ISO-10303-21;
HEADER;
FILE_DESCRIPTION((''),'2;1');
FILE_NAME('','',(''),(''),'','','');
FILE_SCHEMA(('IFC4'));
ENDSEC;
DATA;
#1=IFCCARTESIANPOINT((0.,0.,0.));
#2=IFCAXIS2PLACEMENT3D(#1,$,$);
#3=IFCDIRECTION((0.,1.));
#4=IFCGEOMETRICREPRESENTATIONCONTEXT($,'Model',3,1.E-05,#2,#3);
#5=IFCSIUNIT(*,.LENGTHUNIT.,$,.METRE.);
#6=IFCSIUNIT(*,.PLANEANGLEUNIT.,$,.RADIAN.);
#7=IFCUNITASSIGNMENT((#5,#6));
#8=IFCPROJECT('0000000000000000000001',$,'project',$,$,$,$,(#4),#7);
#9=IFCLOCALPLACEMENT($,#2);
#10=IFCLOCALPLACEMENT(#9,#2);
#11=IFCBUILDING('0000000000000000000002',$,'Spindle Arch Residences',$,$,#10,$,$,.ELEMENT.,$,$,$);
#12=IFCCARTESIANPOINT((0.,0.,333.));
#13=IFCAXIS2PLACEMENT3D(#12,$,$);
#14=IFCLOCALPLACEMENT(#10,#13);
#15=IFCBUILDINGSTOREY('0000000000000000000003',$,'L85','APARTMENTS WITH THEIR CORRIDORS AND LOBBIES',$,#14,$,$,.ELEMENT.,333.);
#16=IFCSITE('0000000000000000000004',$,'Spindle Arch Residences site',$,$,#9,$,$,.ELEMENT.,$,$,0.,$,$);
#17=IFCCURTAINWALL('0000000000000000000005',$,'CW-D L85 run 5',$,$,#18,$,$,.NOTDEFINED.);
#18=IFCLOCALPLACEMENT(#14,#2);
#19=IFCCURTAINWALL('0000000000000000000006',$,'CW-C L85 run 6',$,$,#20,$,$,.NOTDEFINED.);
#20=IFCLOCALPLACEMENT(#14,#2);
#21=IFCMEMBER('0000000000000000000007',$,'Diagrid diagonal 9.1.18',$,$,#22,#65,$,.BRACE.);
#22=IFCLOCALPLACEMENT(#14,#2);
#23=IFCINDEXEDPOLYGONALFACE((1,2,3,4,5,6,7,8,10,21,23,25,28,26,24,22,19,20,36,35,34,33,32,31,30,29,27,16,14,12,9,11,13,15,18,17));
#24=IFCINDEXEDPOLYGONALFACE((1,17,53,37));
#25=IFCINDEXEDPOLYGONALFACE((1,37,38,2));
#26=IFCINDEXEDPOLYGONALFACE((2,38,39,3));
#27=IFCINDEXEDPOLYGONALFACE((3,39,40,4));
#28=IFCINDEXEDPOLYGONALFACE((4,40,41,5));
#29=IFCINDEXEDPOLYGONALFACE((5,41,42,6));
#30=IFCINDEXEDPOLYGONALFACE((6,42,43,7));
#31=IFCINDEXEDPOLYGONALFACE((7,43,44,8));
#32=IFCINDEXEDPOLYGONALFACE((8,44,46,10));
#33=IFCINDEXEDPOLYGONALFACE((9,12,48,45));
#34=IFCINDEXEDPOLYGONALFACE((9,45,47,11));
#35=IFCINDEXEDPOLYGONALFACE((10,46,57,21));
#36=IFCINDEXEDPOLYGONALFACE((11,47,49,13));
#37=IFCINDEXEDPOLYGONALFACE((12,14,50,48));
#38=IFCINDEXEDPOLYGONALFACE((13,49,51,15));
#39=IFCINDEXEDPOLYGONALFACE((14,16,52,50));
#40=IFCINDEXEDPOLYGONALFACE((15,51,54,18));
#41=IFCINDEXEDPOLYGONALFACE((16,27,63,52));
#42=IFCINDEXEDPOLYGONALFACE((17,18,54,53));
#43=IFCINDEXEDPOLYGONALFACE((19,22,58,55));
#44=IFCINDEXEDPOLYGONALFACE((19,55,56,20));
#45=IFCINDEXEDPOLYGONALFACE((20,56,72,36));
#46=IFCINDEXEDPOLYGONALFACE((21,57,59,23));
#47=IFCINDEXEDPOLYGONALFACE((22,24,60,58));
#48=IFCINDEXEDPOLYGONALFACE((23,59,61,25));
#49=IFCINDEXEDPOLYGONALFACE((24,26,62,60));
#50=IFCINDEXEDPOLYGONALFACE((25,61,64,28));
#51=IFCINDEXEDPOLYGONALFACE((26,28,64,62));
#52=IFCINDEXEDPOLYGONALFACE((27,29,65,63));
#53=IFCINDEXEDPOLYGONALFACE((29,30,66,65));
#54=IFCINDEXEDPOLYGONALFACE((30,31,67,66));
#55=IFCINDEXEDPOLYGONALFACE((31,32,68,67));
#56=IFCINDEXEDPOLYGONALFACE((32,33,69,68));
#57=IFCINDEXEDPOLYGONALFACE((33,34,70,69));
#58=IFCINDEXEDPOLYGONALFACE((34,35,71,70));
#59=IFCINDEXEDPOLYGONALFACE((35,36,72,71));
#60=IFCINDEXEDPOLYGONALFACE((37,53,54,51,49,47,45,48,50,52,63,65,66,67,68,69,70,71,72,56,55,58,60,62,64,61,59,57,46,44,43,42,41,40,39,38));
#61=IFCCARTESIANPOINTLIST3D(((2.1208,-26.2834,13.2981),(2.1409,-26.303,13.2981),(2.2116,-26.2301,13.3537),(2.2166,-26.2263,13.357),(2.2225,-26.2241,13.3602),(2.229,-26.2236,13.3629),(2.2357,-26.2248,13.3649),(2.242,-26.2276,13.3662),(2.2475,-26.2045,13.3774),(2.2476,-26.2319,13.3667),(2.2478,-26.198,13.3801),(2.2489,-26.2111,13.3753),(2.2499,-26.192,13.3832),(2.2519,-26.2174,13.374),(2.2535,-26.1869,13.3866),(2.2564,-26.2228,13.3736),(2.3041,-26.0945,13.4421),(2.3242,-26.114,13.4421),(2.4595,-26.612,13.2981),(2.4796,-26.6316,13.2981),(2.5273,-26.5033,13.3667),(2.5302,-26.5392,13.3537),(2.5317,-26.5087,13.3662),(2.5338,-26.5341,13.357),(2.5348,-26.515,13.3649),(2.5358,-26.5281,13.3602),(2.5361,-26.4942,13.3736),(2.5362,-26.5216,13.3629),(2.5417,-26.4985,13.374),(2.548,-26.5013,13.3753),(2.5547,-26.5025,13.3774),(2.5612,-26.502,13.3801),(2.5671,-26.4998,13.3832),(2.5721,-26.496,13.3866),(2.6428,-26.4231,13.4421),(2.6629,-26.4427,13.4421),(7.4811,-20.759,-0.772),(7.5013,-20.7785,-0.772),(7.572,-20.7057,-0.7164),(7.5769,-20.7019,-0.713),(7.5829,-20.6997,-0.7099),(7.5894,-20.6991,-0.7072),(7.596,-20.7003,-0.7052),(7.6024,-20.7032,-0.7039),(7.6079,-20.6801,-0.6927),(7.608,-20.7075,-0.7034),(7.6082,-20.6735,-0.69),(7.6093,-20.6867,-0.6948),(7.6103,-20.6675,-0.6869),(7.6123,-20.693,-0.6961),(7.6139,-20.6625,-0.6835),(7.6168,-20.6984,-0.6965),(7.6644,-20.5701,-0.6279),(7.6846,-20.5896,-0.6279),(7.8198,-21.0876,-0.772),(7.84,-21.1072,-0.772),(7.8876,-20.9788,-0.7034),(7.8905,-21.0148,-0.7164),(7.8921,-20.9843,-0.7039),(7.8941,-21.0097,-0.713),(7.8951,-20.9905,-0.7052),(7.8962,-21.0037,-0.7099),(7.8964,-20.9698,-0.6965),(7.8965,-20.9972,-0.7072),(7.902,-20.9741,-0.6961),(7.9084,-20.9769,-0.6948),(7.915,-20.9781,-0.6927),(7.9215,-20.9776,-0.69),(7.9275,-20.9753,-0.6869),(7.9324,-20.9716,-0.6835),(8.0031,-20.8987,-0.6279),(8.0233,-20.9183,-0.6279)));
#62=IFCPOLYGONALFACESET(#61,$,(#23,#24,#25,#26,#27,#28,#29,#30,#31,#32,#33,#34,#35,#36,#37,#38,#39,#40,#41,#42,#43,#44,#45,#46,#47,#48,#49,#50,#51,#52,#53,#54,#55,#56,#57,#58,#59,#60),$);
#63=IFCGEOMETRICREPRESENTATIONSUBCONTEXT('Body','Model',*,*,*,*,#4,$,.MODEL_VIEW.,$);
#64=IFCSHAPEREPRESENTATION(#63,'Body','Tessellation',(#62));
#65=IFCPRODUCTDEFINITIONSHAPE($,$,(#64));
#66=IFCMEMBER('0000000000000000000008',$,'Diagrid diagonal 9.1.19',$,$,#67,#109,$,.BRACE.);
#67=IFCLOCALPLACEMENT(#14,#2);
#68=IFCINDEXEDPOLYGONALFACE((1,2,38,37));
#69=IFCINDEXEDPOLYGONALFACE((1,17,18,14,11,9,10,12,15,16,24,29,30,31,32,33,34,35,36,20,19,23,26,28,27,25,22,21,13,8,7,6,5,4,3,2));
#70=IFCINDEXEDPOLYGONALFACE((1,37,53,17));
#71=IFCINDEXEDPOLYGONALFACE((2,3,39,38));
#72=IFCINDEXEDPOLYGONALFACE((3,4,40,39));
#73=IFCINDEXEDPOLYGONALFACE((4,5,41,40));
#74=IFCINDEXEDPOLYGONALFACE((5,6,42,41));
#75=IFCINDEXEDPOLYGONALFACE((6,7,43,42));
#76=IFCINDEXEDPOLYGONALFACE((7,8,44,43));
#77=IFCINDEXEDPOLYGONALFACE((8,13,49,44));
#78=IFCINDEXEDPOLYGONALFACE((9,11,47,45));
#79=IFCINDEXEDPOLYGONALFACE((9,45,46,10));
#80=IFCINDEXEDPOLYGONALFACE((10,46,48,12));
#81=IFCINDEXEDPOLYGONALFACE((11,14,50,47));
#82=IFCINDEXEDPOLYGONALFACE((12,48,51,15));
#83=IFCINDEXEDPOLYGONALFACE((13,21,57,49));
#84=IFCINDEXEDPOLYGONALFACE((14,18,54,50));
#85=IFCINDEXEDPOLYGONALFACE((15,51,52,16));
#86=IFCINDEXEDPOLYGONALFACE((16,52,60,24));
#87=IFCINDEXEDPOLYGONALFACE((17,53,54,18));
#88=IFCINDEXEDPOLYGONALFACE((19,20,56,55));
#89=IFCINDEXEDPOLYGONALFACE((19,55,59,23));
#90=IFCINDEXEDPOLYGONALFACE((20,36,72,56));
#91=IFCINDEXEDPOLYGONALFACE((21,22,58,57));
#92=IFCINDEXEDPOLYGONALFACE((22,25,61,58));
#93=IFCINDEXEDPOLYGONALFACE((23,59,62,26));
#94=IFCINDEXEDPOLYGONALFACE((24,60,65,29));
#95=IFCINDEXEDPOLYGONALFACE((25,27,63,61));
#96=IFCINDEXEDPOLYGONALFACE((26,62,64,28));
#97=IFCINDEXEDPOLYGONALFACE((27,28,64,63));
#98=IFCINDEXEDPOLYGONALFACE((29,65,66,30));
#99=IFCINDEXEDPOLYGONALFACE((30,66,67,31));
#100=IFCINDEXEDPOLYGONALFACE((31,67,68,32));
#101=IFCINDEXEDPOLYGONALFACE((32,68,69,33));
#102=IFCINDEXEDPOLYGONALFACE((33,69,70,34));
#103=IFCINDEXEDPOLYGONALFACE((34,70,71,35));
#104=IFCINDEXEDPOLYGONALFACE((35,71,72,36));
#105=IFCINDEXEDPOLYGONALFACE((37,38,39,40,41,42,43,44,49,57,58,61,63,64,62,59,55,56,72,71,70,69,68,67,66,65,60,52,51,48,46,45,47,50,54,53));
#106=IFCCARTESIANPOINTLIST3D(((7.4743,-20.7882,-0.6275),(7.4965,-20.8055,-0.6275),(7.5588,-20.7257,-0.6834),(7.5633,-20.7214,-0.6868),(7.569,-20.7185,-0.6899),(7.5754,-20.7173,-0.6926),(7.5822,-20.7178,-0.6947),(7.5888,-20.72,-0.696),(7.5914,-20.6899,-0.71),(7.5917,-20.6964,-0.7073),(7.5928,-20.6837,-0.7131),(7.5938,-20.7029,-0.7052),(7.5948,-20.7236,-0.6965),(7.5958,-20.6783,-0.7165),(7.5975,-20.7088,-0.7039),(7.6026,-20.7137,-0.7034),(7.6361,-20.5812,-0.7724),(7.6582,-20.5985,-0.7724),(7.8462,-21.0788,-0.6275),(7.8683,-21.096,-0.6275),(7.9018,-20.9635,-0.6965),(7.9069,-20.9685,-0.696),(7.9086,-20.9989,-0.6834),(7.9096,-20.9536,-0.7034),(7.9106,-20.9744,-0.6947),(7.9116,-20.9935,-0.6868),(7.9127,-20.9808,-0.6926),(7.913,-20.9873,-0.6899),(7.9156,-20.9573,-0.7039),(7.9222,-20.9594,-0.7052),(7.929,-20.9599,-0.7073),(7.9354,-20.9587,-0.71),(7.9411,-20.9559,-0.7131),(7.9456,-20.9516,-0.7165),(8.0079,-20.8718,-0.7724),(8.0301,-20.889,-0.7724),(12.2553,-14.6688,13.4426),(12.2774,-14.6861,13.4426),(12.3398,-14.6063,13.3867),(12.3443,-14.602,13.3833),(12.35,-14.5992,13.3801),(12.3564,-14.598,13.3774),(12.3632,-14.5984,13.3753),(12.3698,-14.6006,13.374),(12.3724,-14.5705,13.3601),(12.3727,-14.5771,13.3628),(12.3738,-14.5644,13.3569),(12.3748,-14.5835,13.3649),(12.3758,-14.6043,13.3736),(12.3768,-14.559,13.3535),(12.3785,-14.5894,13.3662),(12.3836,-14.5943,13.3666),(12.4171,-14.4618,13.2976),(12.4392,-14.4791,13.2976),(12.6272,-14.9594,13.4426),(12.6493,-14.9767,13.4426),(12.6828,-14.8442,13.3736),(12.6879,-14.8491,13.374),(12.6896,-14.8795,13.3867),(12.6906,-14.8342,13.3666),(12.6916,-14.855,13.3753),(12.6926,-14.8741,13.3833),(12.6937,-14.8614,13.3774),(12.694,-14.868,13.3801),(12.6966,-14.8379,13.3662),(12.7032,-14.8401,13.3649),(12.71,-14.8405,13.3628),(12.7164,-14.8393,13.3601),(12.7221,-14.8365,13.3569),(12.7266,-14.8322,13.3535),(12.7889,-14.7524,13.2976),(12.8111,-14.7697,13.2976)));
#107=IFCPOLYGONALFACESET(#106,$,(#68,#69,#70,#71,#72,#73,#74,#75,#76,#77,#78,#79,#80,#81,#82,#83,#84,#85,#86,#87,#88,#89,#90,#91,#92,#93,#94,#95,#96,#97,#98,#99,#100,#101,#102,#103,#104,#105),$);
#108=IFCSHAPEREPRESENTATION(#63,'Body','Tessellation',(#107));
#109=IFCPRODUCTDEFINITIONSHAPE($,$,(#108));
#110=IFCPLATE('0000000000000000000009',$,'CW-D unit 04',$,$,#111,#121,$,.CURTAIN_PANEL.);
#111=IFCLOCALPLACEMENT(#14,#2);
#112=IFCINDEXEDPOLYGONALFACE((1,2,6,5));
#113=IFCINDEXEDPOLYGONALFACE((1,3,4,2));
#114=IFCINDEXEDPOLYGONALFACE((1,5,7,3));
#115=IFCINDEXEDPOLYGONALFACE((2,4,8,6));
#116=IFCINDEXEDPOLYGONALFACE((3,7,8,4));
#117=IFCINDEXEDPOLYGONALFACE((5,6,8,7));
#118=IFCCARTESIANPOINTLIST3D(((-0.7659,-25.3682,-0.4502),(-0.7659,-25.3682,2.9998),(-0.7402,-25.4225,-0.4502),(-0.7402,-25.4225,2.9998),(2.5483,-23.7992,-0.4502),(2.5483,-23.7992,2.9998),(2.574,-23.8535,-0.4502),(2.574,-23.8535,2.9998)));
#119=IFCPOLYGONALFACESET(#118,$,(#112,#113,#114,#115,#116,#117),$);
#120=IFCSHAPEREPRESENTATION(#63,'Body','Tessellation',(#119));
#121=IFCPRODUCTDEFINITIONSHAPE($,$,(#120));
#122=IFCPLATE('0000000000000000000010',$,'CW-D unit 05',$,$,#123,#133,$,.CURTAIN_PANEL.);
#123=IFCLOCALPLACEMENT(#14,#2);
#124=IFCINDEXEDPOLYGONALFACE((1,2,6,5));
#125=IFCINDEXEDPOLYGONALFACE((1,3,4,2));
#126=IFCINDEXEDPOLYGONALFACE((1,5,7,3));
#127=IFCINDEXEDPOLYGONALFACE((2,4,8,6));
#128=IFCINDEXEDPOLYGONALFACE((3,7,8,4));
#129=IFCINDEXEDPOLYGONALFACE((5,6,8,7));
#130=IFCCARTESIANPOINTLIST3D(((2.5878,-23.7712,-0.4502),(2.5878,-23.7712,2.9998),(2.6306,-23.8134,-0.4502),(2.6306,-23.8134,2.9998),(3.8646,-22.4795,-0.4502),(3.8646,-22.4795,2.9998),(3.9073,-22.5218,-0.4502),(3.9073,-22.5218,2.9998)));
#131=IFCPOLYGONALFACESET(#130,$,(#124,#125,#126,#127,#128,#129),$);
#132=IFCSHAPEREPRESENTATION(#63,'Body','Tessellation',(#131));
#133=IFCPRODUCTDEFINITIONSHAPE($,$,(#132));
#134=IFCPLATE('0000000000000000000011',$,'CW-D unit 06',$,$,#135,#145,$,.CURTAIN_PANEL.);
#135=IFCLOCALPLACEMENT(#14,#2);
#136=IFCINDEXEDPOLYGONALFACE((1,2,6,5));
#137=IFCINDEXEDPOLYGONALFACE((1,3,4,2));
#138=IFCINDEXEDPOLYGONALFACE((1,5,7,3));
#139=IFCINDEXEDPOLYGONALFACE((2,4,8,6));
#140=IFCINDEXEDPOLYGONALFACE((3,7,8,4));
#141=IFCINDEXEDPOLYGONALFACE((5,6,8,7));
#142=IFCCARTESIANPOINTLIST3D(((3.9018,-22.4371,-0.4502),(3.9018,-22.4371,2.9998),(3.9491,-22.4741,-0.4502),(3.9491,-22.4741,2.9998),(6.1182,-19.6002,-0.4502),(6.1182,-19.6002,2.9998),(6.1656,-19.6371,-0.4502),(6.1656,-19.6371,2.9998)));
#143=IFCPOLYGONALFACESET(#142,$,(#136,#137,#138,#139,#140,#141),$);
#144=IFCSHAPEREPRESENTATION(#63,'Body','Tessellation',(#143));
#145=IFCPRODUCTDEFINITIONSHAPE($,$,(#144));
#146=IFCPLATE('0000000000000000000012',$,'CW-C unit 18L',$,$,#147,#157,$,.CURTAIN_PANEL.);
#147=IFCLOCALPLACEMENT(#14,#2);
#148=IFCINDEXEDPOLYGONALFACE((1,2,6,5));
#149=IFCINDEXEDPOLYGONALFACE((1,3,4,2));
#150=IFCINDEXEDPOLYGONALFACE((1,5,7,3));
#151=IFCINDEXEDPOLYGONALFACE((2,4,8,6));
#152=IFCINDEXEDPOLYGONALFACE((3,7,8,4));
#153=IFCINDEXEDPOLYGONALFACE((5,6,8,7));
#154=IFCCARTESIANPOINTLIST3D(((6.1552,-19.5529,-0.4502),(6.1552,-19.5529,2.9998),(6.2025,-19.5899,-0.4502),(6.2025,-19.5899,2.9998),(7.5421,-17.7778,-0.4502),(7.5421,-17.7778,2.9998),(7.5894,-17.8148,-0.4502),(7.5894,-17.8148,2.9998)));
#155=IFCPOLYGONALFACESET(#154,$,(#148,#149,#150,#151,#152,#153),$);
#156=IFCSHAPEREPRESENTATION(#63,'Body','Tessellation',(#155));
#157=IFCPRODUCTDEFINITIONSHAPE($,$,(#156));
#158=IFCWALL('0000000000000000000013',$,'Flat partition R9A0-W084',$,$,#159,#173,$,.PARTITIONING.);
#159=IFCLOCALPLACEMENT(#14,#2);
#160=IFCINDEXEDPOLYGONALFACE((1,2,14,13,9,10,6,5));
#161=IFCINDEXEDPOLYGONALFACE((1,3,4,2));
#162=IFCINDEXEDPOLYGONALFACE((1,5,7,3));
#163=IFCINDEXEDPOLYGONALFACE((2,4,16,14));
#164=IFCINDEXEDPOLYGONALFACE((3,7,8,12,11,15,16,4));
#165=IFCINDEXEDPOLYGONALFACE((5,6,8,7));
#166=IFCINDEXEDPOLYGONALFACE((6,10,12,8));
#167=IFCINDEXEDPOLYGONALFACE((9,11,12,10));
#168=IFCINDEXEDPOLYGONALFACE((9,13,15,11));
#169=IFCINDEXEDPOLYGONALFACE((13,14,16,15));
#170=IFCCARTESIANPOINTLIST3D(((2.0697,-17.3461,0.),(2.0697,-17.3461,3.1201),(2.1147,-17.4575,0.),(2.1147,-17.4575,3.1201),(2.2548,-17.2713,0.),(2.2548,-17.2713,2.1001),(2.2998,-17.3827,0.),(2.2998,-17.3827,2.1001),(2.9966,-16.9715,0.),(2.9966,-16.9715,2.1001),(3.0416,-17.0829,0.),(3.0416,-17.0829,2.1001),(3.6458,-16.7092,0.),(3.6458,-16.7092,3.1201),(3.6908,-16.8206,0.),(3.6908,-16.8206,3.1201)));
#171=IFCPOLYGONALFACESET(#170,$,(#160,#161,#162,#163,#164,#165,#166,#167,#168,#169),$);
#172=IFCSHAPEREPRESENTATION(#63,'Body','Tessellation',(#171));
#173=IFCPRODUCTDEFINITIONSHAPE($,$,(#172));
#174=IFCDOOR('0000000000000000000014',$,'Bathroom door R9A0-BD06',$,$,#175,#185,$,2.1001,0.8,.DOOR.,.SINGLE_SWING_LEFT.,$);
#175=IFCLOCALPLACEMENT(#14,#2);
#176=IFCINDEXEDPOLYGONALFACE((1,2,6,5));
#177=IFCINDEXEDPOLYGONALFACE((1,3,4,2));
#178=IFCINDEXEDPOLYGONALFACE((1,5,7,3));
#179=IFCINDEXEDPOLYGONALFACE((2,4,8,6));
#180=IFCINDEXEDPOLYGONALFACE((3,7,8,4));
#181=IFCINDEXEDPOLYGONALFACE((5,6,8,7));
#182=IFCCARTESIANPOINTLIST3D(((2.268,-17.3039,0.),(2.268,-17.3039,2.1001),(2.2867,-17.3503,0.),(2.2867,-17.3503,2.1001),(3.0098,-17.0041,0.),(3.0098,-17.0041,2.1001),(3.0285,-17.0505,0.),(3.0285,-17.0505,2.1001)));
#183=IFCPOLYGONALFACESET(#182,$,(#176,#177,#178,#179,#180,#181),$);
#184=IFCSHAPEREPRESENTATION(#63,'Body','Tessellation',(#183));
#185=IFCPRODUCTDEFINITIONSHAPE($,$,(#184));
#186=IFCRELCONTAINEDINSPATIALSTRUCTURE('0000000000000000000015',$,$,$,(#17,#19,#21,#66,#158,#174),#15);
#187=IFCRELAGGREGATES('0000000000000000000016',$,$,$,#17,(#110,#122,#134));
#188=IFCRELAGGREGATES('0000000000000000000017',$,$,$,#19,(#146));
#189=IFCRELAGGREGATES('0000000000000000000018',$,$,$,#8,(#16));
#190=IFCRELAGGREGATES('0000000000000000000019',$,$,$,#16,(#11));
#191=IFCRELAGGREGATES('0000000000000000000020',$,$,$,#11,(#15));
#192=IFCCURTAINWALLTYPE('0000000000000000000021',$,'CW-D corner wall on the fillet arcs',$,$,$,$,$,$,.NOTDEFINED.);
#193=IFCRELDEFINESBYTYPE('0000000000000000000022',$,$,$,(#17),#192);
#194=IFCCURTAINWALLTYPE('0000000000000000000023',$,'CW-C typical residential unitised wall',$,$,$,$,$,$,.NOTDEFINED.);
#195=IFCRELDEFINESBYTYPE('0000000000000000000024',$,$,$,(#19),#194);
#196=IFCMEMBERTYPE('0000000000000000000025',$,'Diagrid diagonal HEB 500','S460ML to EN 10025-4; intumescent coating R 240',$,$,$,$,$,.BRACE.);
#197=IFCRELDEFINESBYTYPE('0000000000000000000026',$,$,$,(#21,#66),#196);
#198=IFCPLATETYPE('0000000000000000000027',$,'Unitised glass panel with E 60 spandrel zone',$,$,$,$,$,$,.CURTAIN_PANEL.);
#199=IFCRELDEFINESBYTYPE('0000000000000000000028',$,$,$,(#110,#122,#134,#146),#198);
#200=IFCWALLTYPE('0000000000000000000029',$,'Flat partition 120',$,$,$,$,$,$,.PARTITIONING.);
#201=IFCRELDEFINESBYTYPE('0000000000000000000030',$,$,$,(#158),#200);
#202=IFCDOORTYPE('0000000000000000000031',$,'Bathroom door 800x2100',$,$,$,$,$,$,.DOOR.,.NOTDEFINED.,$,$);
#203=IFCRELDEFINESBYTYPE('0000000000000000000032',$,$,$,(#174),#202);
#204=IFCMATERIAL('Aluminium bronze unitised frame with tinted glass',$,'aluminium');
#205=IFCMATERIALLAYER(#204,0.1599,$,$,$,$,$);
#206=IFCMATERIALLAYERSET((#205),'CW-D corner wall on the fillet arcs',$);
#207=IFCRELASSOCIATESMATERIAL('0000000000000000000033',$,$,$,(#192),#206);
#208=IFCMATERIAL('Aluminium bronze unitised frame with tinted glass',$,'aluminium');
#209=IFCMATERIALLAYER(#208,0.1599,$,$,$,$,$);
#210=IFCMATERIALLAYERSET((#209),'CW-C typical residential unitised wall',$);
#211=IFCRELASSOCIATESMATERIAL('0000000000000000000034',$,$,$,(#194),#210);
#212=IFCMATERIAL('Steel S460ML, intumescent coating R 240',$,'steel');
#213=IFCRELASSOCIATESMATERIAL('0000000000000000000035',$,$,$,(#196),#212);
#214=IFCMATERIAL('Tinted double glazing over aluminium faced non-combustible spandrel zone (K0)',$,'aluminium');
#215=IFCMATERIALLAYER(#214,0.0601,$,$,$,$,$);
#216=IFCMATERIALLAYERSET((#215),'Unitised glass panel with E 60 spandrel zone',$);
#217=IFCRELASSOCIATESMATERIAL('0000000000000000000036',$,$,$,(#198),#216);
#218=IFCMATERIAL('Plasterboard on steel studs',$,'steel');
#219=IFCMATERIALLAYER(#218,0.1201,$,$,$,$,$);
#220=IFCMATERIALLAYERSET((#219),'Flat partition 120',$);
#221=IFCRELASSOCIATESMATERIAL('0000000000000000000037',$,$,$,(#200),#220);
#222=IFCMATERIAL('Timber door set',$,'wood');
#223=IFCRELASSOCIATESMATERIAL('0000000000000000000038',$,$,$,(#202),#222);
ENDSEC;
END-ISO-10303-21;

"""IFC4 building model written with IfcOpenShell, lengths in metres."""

from ifc_helpers import new_model, si_unit, direction, frame, frame_2d, origin, origin_2d, place, context, subcontext, project, spatial, rectangle, i_section, extrude, material, layer, layer_set, material_profile, profile_set, type_object, element, fill, aggregate, save


model = new_model("IFC4")

# Units and contexts
model_context = context("Model", 3, precision=1e-05, world=origin(), true_north=direction((0.0, 1.0)))
body_context = subcontext(model_context, "Body", "Model", "MODEL_VIEW")
ifc_project = project(units=[si_unit("LENGTHUNIT", "METRE"), si_unit("PLANEANGLEUNIT", "RADIAN")], contexts=[model_context])

# Site, building, storey
site_placement = place(None, origin())
site = spatial("IfcSite", under=ifc_project, at=site_placement, Name="Spindle Arch Residences site", CompositionType="ELEMENT", RefElevation=0.0)
building_placement = place(site_placement, origin())
building = spatial("IfcBuilding", under=site, at=building_placement, Name="Spindle Arch Residences", CompositionType="ELEMENT")
storey_placement = place(building_placement, frame((0.0, 0.0, 333.0)))
storey = spatial("IfcBuildingStorey", under=building, at=storey_placement, Name="L85", Description="APARTMENTS WITH THEIR CORRIDORS AND LOBBIES", CompositionType="ELEMENT", Elevation=333.0)

# Curtain wall
ifc_material_1 = material(Name="Aluminium bronze unitised frame with tinted glass", Category="aluminium")
ifc_layer_1 = layer(ifc_material_1, 0.1599)
ifc_layer_set_1 = layer_set([ifc_layer_1], Name="CW-D corner wall on the fillet arcs")
curtain_wall_type_1 = type_object("IfcCurtainWallType", Name="CW-D corner wall on the fillet arcs", PredefinedType="NOTDEFINED", material=ifc_layer_set_1)
curtain_wall_1_placement = place(storey_placement, origin())
curtain_wall_1 = element("IfcCurtainWall", 1, at=curtain_wall_1_placement, inside=storey, type_object=curtain_wall_type_1, Name="CW-D L85 run 5", PredefinedType="NOTDEFINED")

# Curtain wall
ifc_material_2 = material(Name="Aluminium bronze unitised frame with tinted glass", Category="aluminium")
ifc_layer_2 = layer(ifc_material_2, 0.1599)
ifc_layer_set_2 = layer_set([ifc_layer_2], Name="CW-C typical residential unitised wall")
curtain_wall_type_2 = type_object("IfcCurtainWallType", Name="CW-C typical residential unitised wall", PredefinedType="NOTDEFINED", material=ifc_layer_set_2)
curtain_wall_2_placement = place(storey_placement, origin())
curtain_wall_2 = element("IfcCurtainWall", 2, at=curtain_wall_2_placement, inside=storey, type_object=curtain_wall_type_2, Name="CW-C L85 run 6", PredefinedType="NOTDEFINED")

# Members
ifc_material_3 = material(Name="Steel S460ML, intumescent coating R 240", Category="steel")
ifc_material_profile_1 = material_profile(ifc_material_3, i_section(OverallWidth=0.3, OverallDepth=0.5, WebThickness=0.0144, FlangeThickness=0.0281, FilletRadius=0.0271, at=origin_2d()), Name="HEB 500")
ifc_profile_set_1 = profile_set([ifc_material_profile_1], Name="Steel S460ML, intumescent coating R 240")
member_type_1 = type_object("IfcMemberType", Name="Diagrid diagonal HEB 500", Description="S460ML to EN 10025-4; intumescent coating R 240", PredefinedType="BRACE", material=ifc_profile_set_1)
member_1_placement = place(storey_placement, frame((7.7522, -20.8386, -0.7), z_axis=(-0.334227, -0.344457, 0.877292), x_axis=(0.61092, 0.629618, 0.479956)))
element("IfcMember", 3, at=member_1_placement, inside=storey, type_object=member_type_1, Name="Diagrid diagonal 9.1.18", PredefinedType="BRACE", context=body_context, shape_type="SweptSolid", body=[
    extrude(i_section(OverallWidth=0.3, OverallDepth=0.5, WebThickness=0.0144, FlangeThickness=0.0281, FilletRadius=0.0271, at=origin_2d()), origin(), (0.0, 0.0, 1.0), 16.0381),
])
member_2_placement = place(storey_placement, frame((7.7522, -20.8386, -0.7), z_axis=(0.297496, 0.380776, 0.875503), x_axis=(-0.539015, -0.689905, 0.483212)))
element("IfcMember", 4, at=member_2_placement, inside=storey, type_object=member_type_1, Name="Diagrid diagonal 9.1.19", PredefinedType="BRACE", context=body_context, shape_type="SweptSolid", body=[
    extrude(i_section(OverallWidth=0.3, OverallDepth=0.5, WebThickness=0.0144, FlangeThickness=0.0281, FilletRadius=0.0271, at=origin_2d()), origin(), (0.0, 0.0, 1.0), 16.0708),
])

# Plates
ifc_material_4 = material(Name="Tinted double glazing over aluminium faced non-combustible spandrel zone (K0)", Category="aluminium")
ifc_layer_3 = layer(ifc_material_4, 0.0601)
ifc_layer_set_3 = layer_set([ifc_layer_3], Name="Unitised glass panel with E 60 spandrel zone")
plate_type = type_object("IfcPlateType", Name="Unitised glass panel with E 60 spandrel zone", PredefinedType="CURTAIN_PANEL", material=ifc_layer_set_3)
plate_1_placement = place(storey_placement, frame((0.9041, -24.6108, -0.4502), z_axis=(0.0, 0.0, 1.0), x_axis=(0.903834, 0.427884, 0.0)))
plate_1 = element("IfcPlate", 5, at=plate_1_placement, type_object=plate_type, Name="CW-D unit 04", PredefinedType="CURTAIN_PANEL", context=body_context, shape_type="SweptSolid", body=[
    extrude(rectangle(XDim=3.6667, YDim=0.0601, at=origin_2d()), origin(), (0.0, 0.0, 1.0), 3.45),
])
plate_2_placement = place(storey_placement, frame((3.2476, -23.1465, -0.4502), z_axis=(0.0, 0.0, 1.0), x_axis=(0.702981, 0.711209, 0.0)))
plate_2 = element("IfcPlate", 6, at=plate_2_placement, type_object=plate_type, Name="CW-D unit 05", PredefinedType="CURTAIN_PANEL", context=body_context, shape_type="SweptSolid", body=[
    extrude(rectangle(XDim=1.8162, YDim=0.0601, at=origin_2d()), origin(), (0.0, 0.0, 1.0), 3.45),
])
plate_3_placement = place(storey_placement, frame((5.0337, -21.0371, -0.4502), z_axis=(0.0, 0.0, 1.0), x_axis=(0.615661, 0.788011, 0.0)))
plate_3 = element("IfcPlate", 7, at=plate_3_placement, type_object=plate_type, Name="CW-D unit 06", PredefinedType="CURTAIN_PANEL", context=body_context, shape_type="SweptSolid", body=[
    extrude(rectangle(XDim=3.6001, YDim=0.0601, at=origin_2d()), origin(), (0.0, 0.0, 1.0), 3.45),
])
aggregate(curtain_wall_1, [plate_1, plate_2, plate_3])
plate_4_placement = place(storey_placement, frame((6.8723, -18.6838, -0.4502), z_axis=(0.0, 0.0, 1.0), x_axis=(0.615661, 0.788011, 0.0)))
plate_4 = element("IfcPlate", 8, at=plate_4_placement, type_object=plate_type, Name="CW-C unit 18L", PredefinedType="CURTAIN_PANEL", context=body_context, shape_type="SweptSolid", body=[
    extrude(rectangle(XDim=2.2527, YDim=0.0601, at=origin_2d()), origin(), (0.0, 0.0, 1.0), 3.45),
])
aggregate(curtain_wall_2, [plate_4])

# Wall, opening, door
ifc_material_5 = material(Name="Plasterboard on steel studs", Category="steel")
ifc_layer_4 = layer(ifc_material_5, 0.1201)
ifc_layer_set_4 = layer_set([ifc_layer_4], Name="Flat partition 120")
wall_type_1 = type_object("IfcWallType", Name="Flat partition 120", PredefinedType="PARTITIONING", material=ifc_layer_set_4)
wall_1_placement = place(storey_placement, frame((2.092, -17.4019, 0.0), z_axis=(0.0, 0.0, 1.0), x_axis=(0.927154, 0.374681, 0.0)))
wall_1 = element("IfcWall", 9, at=wall_1_placement, inside=storey, type_object=wall_type_1, Name="Flat partition R9A0-W084", PredefinedType="PARTITIONING", context=body_context, shape_type="SweptSolid", body=[
    extrude(rectangle(XDim=1.7, YDim=0.1201, at=frame_2d((0.8501, 0.0))), origin(), (0.0, 0.0, 1.0), 3.1201),
])
opening_1_placement = place(wall_1_placement, frame((0.2, 0.0, 0.0)))
opening_1 = element("IfcOpeningElement", 10, at=opening_1_placement, cuts=wall_1, PredefinedType="OPENING", context=body_context, shape_type="SweptSolid", body=[
    extrude(rectangle(XDim=0.8, YDim=2.1001, at=frame_2d((0.3999, 1.05))), frame((0.0, 0.0701, 0.0), z_axis=(0.0, -1.0, 0.0), x_axis=(1.0, 0.0, 0.0)), (0.0, 0.0, 1.0), 0.1401),
])
ifc_material_6 = material(Name="Timber door set", Category="wood")
door_type_1 = type_object("IfcDoorType", Name="Bathroom door 800x2100", OperationType="NOTDEFINED", PredefinedType="DOOR", material=ifc_material_6)
door_1_placement = place(opening_1_placement, origin())
door_1 = element("IfcDoor", 11, at=door_1_placement, inside=storey, type_object=door_type_1, Name="Bathroom door R9A0-BD06", OperationType="SINGLE_SWING_LEFT", OverallHeight=2.1001, OverallWidth=0.8, PredefinedType="DOOR", context=body_context, shape_type="SweptSolid", body=[
    extrude(rectangle(XDim=0.8, YDim=2.1001, at=frame_2d((0.3999, 1.05))), frame((0.0, 0.0249, 0.0), z_axis=(0.0, -1.0, 0.0), x_axis=(1.0, 0.0, 0.0)), (0.0, 0.0, 1.0), 0.05),
])
fill(opening_1, door_1)

save(model, "model.ifc")
